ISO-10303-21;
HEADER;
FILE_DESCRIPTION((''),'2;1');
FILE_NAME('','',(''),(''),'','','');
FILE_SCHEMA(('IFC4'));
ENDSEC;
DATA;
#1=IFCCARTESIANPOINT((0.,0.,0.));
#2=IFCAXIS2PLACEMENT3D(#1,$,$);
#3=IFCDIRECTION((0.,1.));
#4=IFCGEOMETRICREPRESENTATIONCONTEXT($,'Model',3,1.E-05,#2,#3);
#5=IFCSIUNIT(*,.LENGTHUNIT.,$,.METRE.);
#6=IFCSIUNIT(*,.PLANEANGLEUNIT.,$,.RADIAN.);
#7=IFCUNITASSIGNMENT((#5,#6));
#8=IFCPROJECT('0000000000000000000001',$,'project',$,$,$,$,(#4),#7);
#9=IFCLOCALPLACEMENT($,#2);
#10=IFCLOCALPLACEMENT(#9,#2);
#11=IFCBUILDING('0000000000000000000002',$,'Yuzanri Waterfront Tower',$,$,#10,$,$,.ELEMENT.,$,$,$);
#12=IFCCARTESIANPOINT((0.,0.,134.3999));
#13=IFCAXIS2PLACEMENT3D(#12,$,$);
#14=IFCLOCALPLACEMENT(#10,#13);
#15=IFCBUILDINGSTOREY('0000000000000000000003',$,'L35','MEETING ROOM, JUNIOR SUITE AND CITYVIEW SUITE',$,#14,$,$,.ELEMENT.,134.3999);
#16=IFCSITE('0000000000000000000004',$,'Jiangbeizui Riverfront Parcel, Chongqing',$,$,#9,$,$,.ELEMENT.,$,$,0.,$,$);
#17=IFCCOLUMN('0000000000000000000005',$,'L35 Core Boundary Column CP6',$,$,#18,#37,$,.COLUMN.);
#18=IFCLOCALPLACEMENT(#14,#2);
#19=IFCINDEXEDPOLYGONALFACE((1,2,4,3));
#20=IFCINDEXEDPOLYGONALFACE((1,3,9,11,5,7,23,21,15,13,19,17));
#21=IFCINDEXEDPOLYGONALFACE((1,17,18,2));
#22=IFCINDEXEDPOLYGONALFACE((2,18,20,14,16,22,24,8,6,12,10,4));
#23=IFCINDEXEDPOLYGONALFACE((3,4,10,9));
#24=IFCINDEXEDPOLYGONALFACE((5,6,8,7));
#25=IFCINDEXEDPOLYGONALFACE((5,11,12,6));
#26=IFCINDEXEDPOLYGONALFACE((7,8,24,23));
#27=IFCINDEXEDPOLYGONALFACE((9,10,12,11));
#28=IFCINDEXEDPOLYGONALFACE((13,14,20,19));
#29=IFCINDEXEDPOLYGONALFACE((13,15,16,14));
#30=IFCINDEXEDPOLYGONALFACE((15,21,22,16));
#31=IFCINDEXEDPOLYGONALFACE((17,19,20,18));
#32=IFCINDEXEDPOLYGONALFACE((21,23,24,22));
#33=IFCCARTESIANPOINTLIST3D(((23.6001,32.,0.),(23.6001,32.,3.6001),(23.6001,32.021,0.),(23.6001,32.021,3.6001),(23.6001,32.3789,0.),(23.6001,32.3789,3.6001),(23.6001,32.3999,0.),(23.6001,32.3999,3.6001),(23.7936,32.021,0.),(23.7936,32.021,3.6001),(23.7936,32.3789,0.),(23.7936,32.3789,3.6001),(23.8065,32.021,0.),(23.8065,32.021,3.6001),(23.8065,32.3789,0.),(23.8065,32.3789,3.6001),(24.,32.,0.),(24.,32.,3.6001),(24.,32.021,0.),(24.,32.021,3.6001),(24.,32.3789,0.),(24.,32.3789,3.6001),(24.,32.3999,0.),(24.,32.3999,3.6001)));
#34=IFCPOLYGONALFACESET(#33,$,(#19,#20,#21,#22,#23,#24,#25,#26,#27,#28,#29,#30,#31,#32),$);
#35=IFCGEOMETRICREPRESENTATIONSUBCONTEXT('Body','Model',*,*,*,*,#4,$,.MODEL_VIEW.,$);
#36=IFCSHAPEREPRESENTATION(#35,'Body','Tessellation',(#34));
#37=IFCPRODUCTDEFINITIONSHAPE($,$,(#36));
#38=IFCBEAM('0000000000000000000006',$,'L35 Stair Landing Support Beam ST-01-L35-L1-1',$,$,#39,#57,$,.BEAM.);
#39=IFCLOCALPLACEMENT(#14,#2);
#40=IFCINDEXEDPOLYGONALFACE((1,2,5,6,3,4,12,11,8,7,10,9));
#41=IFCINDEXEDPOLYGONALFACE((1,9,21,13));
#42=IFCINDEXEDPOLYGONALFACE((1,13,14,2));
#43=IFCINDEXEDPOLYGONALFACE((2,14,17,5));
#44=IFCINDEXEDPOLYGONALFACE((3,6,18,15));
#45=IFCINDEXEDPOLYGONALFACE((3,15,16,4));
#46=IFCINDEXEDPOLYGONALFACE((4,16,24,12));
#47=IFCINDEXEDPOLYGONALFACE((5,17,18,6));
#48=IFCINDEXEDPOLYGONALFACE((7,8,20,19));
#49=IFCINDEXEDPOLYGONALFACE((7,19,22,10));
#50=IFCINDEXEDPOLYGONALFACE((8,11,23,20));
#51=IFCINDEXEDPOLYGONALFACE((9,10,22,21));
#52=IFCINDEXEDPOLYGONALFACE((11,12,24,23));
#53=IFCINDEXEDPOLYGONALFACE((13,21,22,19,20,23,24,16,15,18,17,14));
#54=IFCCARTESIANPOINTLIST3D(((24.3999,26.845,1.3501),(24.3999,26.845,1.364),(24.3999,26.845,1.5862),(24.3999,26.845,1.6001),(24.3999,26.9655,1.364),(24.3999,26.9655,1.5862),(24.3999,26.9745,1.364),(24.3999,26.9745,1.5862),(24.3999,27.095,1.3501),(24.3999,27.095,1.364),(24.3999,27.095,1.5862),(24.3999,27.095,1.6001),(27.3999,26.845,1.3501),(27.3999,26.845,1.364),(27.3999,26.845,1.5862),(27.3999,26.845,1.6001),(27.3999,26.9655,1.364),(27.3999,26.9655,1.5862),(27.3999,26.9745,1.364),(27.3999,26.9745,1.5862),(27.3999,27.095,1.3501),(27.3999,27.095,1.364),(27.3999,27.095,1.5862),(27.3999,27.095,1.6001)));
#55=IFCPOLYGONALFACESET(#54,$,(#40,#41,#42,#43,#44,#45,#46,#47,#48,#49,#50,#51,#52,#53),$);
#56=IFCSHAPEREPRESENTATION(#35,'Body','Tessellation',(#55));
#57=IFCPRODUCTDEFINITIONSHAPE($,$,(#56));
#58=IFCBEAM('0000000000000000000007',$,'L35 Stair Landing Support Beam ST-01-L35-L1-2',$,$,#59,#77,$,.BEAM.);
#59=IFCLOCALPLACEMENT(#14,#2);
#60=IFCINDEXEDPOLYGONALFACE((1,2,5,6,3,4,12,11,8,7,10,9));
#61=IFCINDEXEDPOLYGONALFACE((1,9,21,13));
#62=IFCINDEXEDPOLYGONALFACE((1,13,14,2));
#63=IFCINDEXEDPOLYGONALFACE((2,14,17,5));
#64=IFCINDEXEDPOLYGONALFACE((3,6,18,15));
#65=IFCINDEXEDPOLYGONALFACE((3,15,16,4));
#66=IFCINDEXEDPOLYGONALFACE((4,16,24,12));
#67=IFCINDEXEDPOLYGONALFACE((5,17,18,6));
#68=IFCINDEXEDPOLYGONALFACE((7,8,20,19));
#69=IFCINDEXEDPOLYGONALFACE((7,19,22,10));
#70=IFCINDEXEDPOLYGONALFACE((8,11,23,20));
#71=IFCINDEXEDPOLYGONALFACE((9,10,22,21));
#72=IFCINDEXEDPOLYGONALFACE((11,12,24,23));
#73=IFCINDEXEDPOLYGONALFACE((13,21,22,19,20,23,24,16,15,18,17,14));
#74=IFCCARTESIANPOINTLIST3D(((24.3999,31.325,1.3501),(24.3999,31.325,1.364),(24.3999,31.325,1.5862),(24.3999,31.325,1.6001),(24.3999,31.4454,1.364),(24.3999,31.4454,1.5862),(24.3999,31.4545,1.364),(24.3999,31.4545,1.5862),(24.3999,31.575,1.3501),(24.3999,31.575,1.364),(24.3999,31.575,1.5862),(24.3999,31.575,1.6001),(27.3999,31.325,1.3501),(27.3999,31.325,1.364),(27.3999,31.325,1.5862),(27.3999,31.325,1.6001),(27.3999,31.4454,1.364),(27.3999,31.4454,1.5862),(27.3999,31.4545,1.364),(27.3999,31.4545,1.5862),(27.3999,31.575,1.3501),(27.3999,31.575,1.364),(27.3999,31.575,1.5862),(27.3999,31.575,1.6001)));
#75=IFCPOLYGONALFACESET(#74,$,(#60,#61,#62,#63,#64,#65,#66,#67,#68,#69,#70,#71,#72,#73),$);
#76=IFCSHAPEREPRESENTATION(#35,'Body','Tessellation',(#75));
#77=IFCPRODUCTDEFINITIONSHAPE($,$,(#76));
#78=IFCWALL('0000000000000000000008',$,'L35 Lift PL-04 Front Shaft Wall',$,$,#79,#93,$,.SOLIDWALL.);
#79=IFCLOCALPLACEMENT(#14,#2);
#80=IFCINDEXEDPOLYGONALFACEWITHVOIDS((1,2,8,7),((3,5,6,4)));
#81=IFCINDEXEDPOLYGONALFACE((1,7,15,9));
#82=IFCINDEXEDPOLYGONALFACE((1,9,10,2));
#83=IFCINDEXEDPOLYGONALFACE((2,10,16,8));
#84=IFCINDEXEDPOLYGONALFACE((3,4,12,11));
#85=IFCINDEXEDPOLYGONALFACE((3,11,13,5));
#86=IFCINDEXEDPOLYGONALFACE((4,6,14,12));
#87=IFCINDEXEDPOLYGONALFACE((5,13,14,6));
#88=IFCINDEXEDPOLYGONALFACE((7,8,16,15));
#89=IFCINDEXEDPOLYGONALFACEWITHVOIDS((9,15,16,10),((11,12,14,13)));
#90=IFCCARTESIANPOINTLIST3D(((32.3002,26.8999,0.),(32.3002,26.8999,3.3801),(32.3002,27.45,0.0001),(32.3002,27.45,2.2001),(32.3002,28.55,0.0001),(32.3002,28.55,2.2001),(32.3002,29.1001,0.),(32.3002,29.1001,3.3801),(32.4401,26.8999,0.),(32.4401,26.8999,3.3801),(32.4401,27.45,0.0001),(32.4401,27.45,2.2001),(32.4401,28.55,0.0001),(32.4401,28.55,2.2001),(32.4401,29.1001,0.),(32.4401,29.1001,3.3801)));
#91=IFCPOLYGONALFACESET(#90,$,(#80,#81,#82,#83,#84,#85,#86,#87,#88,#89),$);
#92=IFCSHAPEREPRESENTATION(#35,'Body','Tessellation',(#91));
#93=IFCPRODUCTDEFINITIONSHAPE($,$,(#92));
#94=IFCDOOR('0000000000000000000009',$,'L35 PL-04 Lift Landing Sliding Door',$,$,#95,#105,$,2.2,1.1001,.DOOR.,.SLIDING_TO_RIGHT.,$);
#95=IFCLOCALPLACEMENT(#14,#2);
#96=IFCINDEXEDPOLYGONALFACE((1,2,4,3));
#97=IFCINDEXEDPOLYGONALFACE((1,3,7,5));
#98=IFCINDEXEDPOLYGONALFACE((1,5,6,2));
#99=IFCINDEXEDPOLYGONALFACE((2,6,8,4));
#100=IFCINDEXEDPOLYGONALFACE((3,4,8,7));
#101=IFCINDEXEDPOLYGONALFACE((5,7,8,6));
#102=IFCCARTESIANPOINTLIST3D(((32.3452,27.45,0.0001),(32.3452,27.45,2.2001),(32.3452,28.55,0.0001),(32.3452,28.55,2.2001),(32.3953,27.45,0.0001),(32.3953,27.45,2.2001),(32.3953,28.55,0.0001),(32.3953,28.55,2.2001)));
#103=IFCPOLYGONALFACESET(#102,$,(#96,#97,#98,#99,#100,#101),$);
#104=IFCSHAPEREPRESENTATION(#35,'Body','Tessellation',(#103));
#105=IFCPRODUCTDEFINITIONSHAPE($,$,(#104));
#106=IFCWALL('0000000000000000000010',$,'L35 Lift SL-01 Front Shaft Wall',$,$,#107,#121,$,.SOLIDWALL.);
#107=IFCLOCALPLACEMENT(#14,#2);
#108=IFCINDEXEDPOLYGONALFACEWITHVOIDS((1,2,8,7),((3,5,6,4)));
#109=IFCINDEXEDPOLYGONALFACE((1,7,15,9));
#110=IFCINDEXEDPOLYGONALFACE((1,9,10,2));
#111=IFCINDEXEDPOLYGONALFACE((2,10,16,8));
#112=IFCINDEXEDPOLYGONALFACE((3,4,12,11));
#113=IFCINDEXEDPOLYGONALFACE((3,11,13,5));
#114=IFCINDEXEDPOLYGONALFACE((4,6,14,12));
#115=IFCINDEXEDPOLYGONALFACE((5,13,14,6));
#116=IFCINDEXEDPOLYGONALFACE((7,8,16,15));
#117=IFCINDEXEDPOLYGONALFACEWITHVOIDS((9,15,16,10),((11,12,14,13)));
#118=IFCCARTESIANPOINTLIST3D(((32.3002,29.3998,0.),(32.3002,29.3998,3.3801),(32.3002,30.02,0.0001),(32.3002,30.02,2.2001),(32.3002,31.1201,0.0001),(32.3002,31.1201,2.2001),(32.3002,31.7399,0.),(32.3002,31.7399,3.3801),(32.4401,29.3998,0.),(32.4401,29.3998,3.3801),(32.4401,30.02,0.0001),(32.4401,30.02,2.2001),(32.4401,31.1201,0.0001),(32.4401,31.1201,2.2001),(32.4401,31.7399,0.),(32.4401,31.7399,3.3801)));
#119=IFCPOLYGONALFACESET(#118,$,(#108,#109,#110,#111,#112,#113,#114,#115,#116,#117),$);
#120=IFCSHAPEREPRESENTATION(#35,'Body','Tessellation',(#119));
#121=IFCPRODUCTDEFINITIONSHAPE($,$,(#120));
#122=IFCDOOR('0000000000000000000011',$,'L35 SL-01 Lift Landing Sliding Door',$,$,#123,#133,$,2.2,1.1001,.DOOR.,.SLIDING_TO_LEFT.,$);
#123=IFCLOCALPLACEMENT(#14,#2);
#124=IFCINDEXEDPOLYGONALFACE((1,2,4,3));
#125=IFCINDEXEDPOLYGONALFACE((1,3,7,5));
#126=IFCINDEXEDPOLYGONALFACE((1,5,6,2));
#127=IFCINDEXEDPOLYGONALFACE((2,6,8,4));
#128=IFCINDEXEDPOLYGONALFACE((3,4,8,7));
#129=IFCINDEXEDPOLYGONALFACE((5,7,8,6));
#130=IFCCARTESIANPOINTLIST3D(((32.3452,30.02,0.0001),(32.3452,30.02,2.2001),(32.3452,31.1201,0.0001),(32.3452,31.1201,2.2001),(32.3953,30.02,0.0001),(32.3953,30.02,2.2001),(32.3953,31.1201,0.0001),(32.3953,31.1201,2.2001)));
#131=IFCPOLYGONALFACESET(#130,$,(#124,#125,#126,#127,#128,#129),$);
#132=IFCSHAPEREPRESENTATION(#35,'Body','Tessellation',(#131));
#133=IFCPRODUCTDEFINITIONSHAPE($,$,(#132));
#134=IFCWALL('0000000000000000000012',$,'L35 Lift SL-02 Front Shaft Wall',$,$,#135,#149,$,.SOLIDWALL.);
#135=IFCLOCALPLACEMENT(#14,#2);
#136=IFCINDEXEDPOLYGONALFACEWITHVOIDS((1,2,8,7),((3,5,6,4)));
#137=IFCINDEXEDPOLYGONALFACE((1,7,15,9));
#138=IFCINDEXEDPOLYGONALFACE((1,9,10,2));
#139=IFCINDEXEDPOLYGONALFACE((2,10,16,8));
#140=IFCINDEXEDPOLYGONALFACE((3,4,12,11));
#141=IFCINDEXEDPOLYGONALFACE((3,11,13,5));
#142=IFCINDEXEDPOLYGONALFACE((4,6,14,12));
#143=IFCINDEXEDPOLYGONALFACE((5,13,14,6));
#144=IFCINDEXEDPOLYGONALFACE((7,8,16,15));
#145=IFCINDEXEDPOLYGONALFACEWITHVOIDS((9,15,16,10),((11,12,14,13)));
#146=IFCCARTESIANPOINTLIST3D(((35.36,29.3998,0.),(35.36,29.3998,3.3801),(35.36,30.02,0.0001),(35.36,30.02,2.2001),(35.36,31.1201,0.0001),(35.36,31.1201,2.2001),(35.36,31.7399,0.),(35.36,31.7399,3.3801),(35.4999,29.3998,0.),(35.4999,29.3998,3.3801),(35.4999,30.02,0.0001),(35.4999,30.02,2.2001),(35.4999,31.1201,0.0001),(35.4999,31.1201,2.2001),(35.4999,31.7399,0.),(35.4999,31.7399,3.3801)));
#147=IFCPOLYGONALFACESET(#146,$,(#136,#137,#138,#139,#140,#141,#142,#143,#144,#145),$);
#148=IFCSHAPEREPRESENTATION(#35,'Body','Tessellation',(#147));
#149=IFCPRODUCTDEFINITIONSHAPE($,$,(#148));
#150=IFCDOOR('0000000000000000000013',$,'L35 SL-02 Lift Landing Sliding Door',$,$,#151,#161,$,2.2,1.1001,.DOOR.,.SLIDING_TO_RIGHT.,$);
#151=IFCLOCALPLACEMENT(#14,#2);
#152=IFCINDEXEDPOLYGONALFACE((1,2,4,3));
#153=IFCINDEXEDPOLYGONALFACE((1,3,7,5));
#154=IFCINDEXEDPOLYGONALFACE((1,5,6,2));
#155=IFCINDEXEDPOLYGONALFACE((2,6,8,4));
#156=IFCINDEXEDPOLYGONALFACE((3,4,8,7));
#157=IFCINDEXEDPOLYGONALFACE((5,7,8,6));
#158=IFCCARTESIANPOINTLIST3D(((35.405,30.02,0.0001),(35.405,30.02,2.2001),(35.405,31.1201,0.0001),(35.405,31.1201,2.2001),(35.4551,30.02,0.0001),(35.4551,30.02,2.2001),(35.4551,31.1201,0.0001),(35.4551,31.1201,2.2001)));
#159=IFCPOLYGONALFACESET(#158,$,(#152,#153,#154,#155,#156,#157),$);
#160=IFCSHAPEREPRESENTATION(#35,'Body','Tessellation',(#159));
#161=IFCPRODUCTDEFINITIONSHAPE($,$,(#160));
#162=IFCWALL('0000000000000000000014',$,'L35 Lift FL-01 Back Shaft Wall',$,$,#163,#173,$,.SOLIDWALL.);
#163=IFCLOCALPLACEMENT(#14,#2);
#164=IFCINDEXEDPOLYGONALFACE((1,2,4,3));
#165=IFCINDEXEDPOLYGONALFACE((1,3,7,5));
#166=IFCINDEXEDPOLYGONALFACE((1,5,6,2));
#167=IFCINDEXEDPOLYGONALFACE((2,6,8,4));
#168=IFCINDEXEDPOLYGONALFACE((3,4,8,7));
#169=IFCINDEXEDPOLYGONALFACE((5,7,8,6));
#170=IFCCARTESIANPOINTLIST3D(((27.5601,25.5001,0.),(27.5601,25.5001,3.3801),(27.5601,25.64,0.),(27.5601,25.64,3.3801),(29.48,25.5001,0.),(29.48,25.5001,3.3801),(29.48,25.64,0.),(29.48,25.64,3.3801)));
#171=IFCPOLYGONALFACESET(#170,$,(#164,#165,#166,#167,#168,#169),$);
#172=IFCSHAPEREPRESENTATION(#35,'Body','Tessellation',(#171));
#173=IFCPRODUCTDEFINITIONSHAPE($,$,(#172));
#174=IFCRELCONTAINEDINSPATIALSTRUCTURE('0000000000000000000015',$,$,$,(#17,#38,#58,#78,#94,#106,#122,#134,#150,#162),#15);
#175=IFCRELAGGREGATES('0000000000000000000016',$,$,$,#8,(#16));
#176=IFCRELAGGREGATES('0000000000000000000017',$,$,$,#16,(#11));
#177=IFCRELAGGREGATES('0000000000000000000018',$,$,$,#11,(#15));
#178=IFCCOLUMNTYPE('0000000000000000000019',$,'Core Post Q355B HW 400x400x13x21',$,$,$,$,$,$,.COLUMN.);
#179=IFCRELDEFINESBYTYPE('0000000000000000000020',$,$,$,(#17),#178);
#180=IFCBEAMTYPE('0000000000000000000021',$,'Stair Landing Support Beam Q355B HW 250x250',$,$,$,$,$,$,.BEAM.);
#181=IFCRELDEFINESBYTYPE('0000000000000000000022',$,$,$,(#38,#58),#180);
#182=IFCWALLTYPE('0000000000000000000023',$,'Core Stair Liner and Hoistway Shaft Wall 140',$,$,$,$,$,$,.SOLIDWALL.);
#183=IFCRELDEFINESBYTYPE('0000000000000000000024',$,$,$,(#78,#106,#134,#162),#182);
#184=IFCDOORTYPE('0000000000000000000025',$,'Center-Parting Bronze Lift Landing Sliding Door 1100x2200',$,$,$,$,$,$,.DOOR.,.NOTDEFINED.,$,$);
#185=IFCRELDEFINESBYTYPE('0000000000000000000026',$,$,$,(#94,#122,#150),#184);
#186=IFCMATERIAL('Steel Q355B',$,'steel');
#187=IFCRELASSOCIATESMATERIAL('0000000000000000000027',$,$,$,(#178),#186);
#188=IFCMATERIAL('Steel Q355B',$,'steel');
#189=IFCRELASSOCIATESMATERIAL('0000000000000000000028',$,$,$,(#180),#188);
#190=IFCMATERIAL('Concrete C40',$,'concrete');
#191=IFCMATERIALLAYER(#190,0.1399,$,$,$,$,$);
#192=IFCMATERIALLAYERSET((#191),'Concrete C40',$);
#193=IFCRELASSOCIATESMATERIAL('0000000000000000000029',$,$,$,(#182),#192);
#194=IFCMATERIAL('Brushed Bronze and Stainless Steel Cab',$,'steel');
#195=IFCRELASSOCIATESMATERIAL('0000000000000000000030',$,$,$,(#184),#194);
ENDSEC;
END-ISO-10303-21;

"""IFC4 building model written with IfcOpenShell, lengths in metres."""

from ifc_helpers import new_model, si_unit, direction, frame, frame_2d, origin, origin_2d, place, context, subcontext, project, spatial, rectangle, i_section, extrude, source, transform, mapped, material, layer, layer_set, material_profile, profile_set, type_object, element, fill, save


model = new_model("IFC4")

# Units and contexts
model_context = context("Model", 3, precision=1e-05, world=origin(), true_north=direction((0.0, 1.0)))
body_context = subcontext(model_context, "Body", "Model", "MODEL_VIEW")
ifc_project = project(units=[si_unit("LENGTHUNIT", "METRE"), si_unit("PLANEANGLEUNIT", "RADIAN")], contexts=[model_context])

# Site, building, storey
site_placement = place(None, origin())
site = spatial("IfcSite", under=ifc_project, at=site_placement, Name="Jiangbeizui Riverfront Parcel, Chongqing", CompositionType="ELEMENT", RefElevation=0.0)
building_placement = place(site_placement, origin())
building = spatial("IfcBuilding", under=site, at=building_placement, Name="Yuzanri Waterfront Tower", CompositionType="ELEMENT")
storey_placement = place(building_placement, frame((0.0, 0.0, 134.3999)))
storey = spatial("IfcBuildingStorey", under=building, at=storey_placement, Name="L35", Description="MEETING ROOM, JUNIOR SUITE AND CITYVIEW SUITE", CompositionType="ELEMENT", Elevation=134.3999)

# Column
ifc_material_1 = material(Name="Steel Q355B", Category="steel")
ifc_material_profile_1 = material_profile(ifc_material_1, i_section(OverallWidth=0.3999, OverallDepth=0.3999, WebThickness=0.0129, FlangeThickness=0.021, at=origin_2d()), Name="HW 400x400x13x21")
ifc_profile_set_1 = profile_set([ifc_material_profile_1], Name="Steel Q355B")
column_type = type_object("IfcColumnType", Name="Core Post Q355B HW 400x400x13x21", PredefinedType="COLUMN", material=ifc_profile_set_1)
shared_shape_1 = source(origin(), body_context, "Body", "SweptSolid", [
    extrude(i_section(OverallWidth=0.3999, OverallDepth=0.3999, WebThickness=0.0129, FlangeThickness=0.021, at=origin_2d()), origin(), (0.0, 0.0, 1.0), 3.6001),
])
column_placement = place(storey_placement, frame((23.8, 32.2, 0.0), z_axis=(0.0, 0.0, 1.0), x_axis=(1.0, 0.0, 0.0)))
element("IfcColumn", 1, at=column_placement, inside=storey, type_object=column_type, Name="L35 Core Boundary Column CP6", PredefinedType="COLUMN", context=body_context, shape_type="MappedRepresentation", body=[
    mapped(shared_shape_1, transform((0.0, 0.0, 0.0), scale=1.0)),
])

# Beams
ifc_material_2 = material(Name="Steel Q355B", Category="steel")
ifc_material_profile_2 = material_profile(ifc_material_2, i_section(OverallWidth=0.25, OverallDepth=0.25, WebThickness=0.009, FlangeThickness=0.0139, at=origin_2d()), Name="HW 250x250x9x14")
ifc_profile_set_2 = profile_set([ifc_material_profile_2], Name="Steel Q355B")
beam_type = type_object("IfcBeamType", Name="Stair Landing Support Beam Q355B HW 250x250", PredefinedType="BEAM", material=ifc_profile_set_2)
shared_shape_2 = source(origin(), body_context, "Body", "SweptSolid", [
    extrude(i_section(OverallWidth=0.25, OverallDepth=0.25, WebThickness=0.009, FlangeThickness=0.0139, at=origin_2d()), origin(), (0.0, 0.0, 1.0), 3.0),
])
for number, where, z_axis, x_axis, name in (
    (2, (24.3999, 26.97, 1.4751), (1.0, 0.0, 0.0), (0.0, 1.0, 0.0), "L35 Stair Landing Support Beam ST-01-L35-L1-1"),
    (3, (24.3999, 31.45, 1.4751), (1.0, 0.0, 0.0), (0.0, 1.0, 0.0), "L35 Stair Landing Support Beam ST-01-L35-L1-2"),
):
    element("IfcBeam", number, at=place(storey_placement, frame(where, z_axis=z_axis, x_axis=x_axis)), inside=storey, type_object=beam_type, Name=name, PredefinedType="BEAM", context=body_context, shape_type="MappedRepresentation", body=[
        mapped(shared_shape_2, transform((0.0, 0.0, 0.0), scale=1.0)),
    ])

# Walls, openings, doors
ifc_material_3 = material(Name="Concrete C40", Category="concrete")
ifc_layer_1 = layer(ifc_material_3, 0.1399)
ifc_layer_set_1 = layer_set([ifc_layer_1], Name="Concrete C40")
wall_type_1 = type_object("IfcWallType", Name="Core Stair Liner and Hoistway Shaft Wall 140", PredefinedType="SOLIDWALL", material=ifc_layer_set_1)
wall_1_placement = place(storey_placement, frame((32.3701, 26.8999, 0.0), z_axis=(0.0, 0.0, 1.0), x_axis=(0.0, 1.0, 0.0)))
wall_1 = element("IfcWall", 4, at=wall_1_placement, inside=storey, type_object=wall_type_1, Name="L35 Lift PL-04 Front Shaft Wall", PredefinedType="SOLIDWALL", context=body_context, shape_type="SweptSolid", body=[
    extrude(rectangle(XDim=2.2002, YDim=0.1399, at=frame_2d((1.1001, 0.0))), origin(), (0.0, 0.0, 1.0), 3.3801),
])
opening_1_placement = place(wall_1_placement, frame((0.55, 0.0, 0.0)))
opening_1 = element("IfcOpeningElement", 5, at=opening_1_placement, cuts=wall_1, PredefinedType="OPENING", context=body_context, shape_type="SweptSolid", body=[
    extrude(rectangle(XDim=1.1001, YDim=2.2, at=frame_2d((0.55, 1.1001))), frame((0.0, 0.085, 0.0), z_axis=(0.0, -1.0, 0.0), x_axis=(1.0, 0.0, 0.0)), (0.0, 0.0, 1.0), 0.1697),
])
ifc_material_4 = material(Name="Brushed Bronze and Stainless Steel Cab", Category="steel")
door_type_1 = type_object("IfcDoorType", Name="Center-Parting Bronze Lift Landing Sliding Door 1100x2200", OperationType="NOTDEFINED", PredefinedType="DOOR", material=ifc_material_4)
shared_shape_3 = source(origin(), body_context, "Body", "SweptSolid", [
    extrude(rectangle(XDim=1.1001, YDim=2.2, at=frame_2d((0.55, 1.1001))), frame((0.0, 0.0249, 0.0), z_axis=(0.0, -1.0, 0.0), x_axis=(1.0, 0.0, 0.0)), (0.0, 0.0, 1.0), 0.05),
])
door_1_placement = place(opening_1_placement, origin())
door_1 = element("IfcDoor", 6, at=door_1_placement, inside=storey, type_object=door_type_1, Name="L35 PL-04 Lift Landing Sliding Door", OperationType="SLIDING_TO_RIGHT", OverallHeight=2.2, OverallWidth=1.1001, PredefinedType="DOOR", context=body_context, shape_type="MappedRepresentation", body=[
    mapped(shared_shape_3, transform((0.0, 0.0, 0.0), scale=1.0)),
])
fill(opening_1, door_1)
wall_2_placement = place(storey_placement, frame((32.3701, 29.3999, 0.0), z_axis=(0.0, 0.0, 1.0), x_axis=(0.0, 1.0, 0.0)))
wall_2 = element("IfcWall", 7, at=wall_2_placement, inside=storey, type_object=wall_type_1, Name="L35 Lift SL-01 Front Shaft Wall", PredefinedType="SOLIDWALL", context=body_context, shape_type="SweptSolid", body=[
    extrude(rectangle(XDim=2.3401, YDim=0.1399, at=frame_2d((1.1699, 0.0))), origin(), (0.0, 0.0, 1.0), 3.3801),
])
opening_2_placement = place(wall_2_placement, frame((0.6201, 0.0, 0.0)))
opening_2 = element("IfcOpeningElement", 8, at=opening_2_placement, cuts=wall_2, PredefinedType="OPENING", context=body_context, shape_type="SweptSolid", body=[
    extrude(rectangle(XDim=1.1001, YDim=2.2, at=frame_2d((0.55, 1.1001))), frame((0.0, 0.085, 0.0), z_axis=(0.0, -1.0, 0.0), x_axis=(1.0, 0.0, 0.0)), (0.0, 0.0, 1.0), 0.1697),
])
door_2_placement = place(opening_2_placement, origin())
door_2 = element("IfcDoor", 9, at=door_2_placement, inside=storey, type_object=door_type_1, Name="L35 SL-01 Lift Landing Sliding Door", OperationType="SLIDING_TO_LEFT", OverallHeight=2.2, OverallWidth=1.1001, PredefinedType="DOOR", context=body_context, shape_type="MappedRepresentation", body=[
    mapped(shared_shape_3, transform((0.0, 0.0, 0.0), scale=1.0)),
])
fill(opening_2, door_2)
wall_3_placement = place(storey_placement, frame((35.4299, 29.3999, 0.0), z_axis=(0.0, 0.0, 1.0), x_axis=(0.0, 1.0, 0.0)))
wall_3 = element("IfcWall", 10, at=wall_3_placement, inside=storey, type_object=wall_type_1, Name="L35 Lift SL-02 Front Shaft Wall", PredefinedType="SOLIDWALL", context=body_context, shape_type="SweptSolid", body=[
    extrude(rectangle(XDim=2.3401, YDim=0.1399, at=frame_2d((1.1699, 0.0))), origin(), (0.0, 0.0, 1.0), 3.3801),
])
opening_3_placement = place(wall_3_placement, frame((0.6201, 0.0, 0.0)))
opening_3 = element("IfcOpeningElement", 11, at=opening_3_placement, cuts=wall_3, PredefinedType="OPENING", context=body_context, shape_type="SweptSolid", body=[
    extrude(rectangle(XDim=1.1001, YDim=2.2, at=frame_2d((0.55, 1.1001))), frame((0.0, 0.085, 0.0), z_axis=(0.0, -1.0, 0.0), x_axis=(1.0, 0.0, 0.0)), (0.0, 0.0, 1.0), 0.1697),
])
door_3_placement = place(opening_3_placement, origin())
door_3 = element("IfcDoor", 12, at=door_3_placement, inside=storey, type_object=door_type_1, Name="L35 SL-02 Lift Landing Sliding Door", OperationType="SLIDING_TO_RIGHT", OverallHeight=2.2, OverallWidth=1.1001, PredefinedType="DOOR", context=body_context, shape_type="MappedRepresentation", body=[
    mapped(shared_shape_3, transform((0.0, 0.0, 0.0), scale=1.0)),
])
fill(opening_3, door_3)

# Wall
shared_shape_4 = source(origin(), body_context, "Body", "SweptSolid", [
    extrude(rectangle(XDim=1.9199, YDim=0.1399, at=frame_2d((0.96, 0.0))), origin(), (0.0, 0.0, 1.0), 3.3801),
])
wall_4_placement = place(storey_placement, frame((27.5601, 25.5701, 0.0), z_axis=(0.0, 0.0, 1.0), x_axis=(1.0, 0.0, 0.0)))
element("IfcWall", 13, at=wall_4_placement, inside=storey, type_object=wall_type_1, Name="L35 Lift FL-01 Back Shaft Wall", PredefinedType="SOLIDWALL", context=body_context, shape_type="MappedRepresentation", body=[
    mapped(shared_shape_4, transform((0.0, 0.0, 0.0), scale=1.0)),
])

save(model, "model.ifc")
